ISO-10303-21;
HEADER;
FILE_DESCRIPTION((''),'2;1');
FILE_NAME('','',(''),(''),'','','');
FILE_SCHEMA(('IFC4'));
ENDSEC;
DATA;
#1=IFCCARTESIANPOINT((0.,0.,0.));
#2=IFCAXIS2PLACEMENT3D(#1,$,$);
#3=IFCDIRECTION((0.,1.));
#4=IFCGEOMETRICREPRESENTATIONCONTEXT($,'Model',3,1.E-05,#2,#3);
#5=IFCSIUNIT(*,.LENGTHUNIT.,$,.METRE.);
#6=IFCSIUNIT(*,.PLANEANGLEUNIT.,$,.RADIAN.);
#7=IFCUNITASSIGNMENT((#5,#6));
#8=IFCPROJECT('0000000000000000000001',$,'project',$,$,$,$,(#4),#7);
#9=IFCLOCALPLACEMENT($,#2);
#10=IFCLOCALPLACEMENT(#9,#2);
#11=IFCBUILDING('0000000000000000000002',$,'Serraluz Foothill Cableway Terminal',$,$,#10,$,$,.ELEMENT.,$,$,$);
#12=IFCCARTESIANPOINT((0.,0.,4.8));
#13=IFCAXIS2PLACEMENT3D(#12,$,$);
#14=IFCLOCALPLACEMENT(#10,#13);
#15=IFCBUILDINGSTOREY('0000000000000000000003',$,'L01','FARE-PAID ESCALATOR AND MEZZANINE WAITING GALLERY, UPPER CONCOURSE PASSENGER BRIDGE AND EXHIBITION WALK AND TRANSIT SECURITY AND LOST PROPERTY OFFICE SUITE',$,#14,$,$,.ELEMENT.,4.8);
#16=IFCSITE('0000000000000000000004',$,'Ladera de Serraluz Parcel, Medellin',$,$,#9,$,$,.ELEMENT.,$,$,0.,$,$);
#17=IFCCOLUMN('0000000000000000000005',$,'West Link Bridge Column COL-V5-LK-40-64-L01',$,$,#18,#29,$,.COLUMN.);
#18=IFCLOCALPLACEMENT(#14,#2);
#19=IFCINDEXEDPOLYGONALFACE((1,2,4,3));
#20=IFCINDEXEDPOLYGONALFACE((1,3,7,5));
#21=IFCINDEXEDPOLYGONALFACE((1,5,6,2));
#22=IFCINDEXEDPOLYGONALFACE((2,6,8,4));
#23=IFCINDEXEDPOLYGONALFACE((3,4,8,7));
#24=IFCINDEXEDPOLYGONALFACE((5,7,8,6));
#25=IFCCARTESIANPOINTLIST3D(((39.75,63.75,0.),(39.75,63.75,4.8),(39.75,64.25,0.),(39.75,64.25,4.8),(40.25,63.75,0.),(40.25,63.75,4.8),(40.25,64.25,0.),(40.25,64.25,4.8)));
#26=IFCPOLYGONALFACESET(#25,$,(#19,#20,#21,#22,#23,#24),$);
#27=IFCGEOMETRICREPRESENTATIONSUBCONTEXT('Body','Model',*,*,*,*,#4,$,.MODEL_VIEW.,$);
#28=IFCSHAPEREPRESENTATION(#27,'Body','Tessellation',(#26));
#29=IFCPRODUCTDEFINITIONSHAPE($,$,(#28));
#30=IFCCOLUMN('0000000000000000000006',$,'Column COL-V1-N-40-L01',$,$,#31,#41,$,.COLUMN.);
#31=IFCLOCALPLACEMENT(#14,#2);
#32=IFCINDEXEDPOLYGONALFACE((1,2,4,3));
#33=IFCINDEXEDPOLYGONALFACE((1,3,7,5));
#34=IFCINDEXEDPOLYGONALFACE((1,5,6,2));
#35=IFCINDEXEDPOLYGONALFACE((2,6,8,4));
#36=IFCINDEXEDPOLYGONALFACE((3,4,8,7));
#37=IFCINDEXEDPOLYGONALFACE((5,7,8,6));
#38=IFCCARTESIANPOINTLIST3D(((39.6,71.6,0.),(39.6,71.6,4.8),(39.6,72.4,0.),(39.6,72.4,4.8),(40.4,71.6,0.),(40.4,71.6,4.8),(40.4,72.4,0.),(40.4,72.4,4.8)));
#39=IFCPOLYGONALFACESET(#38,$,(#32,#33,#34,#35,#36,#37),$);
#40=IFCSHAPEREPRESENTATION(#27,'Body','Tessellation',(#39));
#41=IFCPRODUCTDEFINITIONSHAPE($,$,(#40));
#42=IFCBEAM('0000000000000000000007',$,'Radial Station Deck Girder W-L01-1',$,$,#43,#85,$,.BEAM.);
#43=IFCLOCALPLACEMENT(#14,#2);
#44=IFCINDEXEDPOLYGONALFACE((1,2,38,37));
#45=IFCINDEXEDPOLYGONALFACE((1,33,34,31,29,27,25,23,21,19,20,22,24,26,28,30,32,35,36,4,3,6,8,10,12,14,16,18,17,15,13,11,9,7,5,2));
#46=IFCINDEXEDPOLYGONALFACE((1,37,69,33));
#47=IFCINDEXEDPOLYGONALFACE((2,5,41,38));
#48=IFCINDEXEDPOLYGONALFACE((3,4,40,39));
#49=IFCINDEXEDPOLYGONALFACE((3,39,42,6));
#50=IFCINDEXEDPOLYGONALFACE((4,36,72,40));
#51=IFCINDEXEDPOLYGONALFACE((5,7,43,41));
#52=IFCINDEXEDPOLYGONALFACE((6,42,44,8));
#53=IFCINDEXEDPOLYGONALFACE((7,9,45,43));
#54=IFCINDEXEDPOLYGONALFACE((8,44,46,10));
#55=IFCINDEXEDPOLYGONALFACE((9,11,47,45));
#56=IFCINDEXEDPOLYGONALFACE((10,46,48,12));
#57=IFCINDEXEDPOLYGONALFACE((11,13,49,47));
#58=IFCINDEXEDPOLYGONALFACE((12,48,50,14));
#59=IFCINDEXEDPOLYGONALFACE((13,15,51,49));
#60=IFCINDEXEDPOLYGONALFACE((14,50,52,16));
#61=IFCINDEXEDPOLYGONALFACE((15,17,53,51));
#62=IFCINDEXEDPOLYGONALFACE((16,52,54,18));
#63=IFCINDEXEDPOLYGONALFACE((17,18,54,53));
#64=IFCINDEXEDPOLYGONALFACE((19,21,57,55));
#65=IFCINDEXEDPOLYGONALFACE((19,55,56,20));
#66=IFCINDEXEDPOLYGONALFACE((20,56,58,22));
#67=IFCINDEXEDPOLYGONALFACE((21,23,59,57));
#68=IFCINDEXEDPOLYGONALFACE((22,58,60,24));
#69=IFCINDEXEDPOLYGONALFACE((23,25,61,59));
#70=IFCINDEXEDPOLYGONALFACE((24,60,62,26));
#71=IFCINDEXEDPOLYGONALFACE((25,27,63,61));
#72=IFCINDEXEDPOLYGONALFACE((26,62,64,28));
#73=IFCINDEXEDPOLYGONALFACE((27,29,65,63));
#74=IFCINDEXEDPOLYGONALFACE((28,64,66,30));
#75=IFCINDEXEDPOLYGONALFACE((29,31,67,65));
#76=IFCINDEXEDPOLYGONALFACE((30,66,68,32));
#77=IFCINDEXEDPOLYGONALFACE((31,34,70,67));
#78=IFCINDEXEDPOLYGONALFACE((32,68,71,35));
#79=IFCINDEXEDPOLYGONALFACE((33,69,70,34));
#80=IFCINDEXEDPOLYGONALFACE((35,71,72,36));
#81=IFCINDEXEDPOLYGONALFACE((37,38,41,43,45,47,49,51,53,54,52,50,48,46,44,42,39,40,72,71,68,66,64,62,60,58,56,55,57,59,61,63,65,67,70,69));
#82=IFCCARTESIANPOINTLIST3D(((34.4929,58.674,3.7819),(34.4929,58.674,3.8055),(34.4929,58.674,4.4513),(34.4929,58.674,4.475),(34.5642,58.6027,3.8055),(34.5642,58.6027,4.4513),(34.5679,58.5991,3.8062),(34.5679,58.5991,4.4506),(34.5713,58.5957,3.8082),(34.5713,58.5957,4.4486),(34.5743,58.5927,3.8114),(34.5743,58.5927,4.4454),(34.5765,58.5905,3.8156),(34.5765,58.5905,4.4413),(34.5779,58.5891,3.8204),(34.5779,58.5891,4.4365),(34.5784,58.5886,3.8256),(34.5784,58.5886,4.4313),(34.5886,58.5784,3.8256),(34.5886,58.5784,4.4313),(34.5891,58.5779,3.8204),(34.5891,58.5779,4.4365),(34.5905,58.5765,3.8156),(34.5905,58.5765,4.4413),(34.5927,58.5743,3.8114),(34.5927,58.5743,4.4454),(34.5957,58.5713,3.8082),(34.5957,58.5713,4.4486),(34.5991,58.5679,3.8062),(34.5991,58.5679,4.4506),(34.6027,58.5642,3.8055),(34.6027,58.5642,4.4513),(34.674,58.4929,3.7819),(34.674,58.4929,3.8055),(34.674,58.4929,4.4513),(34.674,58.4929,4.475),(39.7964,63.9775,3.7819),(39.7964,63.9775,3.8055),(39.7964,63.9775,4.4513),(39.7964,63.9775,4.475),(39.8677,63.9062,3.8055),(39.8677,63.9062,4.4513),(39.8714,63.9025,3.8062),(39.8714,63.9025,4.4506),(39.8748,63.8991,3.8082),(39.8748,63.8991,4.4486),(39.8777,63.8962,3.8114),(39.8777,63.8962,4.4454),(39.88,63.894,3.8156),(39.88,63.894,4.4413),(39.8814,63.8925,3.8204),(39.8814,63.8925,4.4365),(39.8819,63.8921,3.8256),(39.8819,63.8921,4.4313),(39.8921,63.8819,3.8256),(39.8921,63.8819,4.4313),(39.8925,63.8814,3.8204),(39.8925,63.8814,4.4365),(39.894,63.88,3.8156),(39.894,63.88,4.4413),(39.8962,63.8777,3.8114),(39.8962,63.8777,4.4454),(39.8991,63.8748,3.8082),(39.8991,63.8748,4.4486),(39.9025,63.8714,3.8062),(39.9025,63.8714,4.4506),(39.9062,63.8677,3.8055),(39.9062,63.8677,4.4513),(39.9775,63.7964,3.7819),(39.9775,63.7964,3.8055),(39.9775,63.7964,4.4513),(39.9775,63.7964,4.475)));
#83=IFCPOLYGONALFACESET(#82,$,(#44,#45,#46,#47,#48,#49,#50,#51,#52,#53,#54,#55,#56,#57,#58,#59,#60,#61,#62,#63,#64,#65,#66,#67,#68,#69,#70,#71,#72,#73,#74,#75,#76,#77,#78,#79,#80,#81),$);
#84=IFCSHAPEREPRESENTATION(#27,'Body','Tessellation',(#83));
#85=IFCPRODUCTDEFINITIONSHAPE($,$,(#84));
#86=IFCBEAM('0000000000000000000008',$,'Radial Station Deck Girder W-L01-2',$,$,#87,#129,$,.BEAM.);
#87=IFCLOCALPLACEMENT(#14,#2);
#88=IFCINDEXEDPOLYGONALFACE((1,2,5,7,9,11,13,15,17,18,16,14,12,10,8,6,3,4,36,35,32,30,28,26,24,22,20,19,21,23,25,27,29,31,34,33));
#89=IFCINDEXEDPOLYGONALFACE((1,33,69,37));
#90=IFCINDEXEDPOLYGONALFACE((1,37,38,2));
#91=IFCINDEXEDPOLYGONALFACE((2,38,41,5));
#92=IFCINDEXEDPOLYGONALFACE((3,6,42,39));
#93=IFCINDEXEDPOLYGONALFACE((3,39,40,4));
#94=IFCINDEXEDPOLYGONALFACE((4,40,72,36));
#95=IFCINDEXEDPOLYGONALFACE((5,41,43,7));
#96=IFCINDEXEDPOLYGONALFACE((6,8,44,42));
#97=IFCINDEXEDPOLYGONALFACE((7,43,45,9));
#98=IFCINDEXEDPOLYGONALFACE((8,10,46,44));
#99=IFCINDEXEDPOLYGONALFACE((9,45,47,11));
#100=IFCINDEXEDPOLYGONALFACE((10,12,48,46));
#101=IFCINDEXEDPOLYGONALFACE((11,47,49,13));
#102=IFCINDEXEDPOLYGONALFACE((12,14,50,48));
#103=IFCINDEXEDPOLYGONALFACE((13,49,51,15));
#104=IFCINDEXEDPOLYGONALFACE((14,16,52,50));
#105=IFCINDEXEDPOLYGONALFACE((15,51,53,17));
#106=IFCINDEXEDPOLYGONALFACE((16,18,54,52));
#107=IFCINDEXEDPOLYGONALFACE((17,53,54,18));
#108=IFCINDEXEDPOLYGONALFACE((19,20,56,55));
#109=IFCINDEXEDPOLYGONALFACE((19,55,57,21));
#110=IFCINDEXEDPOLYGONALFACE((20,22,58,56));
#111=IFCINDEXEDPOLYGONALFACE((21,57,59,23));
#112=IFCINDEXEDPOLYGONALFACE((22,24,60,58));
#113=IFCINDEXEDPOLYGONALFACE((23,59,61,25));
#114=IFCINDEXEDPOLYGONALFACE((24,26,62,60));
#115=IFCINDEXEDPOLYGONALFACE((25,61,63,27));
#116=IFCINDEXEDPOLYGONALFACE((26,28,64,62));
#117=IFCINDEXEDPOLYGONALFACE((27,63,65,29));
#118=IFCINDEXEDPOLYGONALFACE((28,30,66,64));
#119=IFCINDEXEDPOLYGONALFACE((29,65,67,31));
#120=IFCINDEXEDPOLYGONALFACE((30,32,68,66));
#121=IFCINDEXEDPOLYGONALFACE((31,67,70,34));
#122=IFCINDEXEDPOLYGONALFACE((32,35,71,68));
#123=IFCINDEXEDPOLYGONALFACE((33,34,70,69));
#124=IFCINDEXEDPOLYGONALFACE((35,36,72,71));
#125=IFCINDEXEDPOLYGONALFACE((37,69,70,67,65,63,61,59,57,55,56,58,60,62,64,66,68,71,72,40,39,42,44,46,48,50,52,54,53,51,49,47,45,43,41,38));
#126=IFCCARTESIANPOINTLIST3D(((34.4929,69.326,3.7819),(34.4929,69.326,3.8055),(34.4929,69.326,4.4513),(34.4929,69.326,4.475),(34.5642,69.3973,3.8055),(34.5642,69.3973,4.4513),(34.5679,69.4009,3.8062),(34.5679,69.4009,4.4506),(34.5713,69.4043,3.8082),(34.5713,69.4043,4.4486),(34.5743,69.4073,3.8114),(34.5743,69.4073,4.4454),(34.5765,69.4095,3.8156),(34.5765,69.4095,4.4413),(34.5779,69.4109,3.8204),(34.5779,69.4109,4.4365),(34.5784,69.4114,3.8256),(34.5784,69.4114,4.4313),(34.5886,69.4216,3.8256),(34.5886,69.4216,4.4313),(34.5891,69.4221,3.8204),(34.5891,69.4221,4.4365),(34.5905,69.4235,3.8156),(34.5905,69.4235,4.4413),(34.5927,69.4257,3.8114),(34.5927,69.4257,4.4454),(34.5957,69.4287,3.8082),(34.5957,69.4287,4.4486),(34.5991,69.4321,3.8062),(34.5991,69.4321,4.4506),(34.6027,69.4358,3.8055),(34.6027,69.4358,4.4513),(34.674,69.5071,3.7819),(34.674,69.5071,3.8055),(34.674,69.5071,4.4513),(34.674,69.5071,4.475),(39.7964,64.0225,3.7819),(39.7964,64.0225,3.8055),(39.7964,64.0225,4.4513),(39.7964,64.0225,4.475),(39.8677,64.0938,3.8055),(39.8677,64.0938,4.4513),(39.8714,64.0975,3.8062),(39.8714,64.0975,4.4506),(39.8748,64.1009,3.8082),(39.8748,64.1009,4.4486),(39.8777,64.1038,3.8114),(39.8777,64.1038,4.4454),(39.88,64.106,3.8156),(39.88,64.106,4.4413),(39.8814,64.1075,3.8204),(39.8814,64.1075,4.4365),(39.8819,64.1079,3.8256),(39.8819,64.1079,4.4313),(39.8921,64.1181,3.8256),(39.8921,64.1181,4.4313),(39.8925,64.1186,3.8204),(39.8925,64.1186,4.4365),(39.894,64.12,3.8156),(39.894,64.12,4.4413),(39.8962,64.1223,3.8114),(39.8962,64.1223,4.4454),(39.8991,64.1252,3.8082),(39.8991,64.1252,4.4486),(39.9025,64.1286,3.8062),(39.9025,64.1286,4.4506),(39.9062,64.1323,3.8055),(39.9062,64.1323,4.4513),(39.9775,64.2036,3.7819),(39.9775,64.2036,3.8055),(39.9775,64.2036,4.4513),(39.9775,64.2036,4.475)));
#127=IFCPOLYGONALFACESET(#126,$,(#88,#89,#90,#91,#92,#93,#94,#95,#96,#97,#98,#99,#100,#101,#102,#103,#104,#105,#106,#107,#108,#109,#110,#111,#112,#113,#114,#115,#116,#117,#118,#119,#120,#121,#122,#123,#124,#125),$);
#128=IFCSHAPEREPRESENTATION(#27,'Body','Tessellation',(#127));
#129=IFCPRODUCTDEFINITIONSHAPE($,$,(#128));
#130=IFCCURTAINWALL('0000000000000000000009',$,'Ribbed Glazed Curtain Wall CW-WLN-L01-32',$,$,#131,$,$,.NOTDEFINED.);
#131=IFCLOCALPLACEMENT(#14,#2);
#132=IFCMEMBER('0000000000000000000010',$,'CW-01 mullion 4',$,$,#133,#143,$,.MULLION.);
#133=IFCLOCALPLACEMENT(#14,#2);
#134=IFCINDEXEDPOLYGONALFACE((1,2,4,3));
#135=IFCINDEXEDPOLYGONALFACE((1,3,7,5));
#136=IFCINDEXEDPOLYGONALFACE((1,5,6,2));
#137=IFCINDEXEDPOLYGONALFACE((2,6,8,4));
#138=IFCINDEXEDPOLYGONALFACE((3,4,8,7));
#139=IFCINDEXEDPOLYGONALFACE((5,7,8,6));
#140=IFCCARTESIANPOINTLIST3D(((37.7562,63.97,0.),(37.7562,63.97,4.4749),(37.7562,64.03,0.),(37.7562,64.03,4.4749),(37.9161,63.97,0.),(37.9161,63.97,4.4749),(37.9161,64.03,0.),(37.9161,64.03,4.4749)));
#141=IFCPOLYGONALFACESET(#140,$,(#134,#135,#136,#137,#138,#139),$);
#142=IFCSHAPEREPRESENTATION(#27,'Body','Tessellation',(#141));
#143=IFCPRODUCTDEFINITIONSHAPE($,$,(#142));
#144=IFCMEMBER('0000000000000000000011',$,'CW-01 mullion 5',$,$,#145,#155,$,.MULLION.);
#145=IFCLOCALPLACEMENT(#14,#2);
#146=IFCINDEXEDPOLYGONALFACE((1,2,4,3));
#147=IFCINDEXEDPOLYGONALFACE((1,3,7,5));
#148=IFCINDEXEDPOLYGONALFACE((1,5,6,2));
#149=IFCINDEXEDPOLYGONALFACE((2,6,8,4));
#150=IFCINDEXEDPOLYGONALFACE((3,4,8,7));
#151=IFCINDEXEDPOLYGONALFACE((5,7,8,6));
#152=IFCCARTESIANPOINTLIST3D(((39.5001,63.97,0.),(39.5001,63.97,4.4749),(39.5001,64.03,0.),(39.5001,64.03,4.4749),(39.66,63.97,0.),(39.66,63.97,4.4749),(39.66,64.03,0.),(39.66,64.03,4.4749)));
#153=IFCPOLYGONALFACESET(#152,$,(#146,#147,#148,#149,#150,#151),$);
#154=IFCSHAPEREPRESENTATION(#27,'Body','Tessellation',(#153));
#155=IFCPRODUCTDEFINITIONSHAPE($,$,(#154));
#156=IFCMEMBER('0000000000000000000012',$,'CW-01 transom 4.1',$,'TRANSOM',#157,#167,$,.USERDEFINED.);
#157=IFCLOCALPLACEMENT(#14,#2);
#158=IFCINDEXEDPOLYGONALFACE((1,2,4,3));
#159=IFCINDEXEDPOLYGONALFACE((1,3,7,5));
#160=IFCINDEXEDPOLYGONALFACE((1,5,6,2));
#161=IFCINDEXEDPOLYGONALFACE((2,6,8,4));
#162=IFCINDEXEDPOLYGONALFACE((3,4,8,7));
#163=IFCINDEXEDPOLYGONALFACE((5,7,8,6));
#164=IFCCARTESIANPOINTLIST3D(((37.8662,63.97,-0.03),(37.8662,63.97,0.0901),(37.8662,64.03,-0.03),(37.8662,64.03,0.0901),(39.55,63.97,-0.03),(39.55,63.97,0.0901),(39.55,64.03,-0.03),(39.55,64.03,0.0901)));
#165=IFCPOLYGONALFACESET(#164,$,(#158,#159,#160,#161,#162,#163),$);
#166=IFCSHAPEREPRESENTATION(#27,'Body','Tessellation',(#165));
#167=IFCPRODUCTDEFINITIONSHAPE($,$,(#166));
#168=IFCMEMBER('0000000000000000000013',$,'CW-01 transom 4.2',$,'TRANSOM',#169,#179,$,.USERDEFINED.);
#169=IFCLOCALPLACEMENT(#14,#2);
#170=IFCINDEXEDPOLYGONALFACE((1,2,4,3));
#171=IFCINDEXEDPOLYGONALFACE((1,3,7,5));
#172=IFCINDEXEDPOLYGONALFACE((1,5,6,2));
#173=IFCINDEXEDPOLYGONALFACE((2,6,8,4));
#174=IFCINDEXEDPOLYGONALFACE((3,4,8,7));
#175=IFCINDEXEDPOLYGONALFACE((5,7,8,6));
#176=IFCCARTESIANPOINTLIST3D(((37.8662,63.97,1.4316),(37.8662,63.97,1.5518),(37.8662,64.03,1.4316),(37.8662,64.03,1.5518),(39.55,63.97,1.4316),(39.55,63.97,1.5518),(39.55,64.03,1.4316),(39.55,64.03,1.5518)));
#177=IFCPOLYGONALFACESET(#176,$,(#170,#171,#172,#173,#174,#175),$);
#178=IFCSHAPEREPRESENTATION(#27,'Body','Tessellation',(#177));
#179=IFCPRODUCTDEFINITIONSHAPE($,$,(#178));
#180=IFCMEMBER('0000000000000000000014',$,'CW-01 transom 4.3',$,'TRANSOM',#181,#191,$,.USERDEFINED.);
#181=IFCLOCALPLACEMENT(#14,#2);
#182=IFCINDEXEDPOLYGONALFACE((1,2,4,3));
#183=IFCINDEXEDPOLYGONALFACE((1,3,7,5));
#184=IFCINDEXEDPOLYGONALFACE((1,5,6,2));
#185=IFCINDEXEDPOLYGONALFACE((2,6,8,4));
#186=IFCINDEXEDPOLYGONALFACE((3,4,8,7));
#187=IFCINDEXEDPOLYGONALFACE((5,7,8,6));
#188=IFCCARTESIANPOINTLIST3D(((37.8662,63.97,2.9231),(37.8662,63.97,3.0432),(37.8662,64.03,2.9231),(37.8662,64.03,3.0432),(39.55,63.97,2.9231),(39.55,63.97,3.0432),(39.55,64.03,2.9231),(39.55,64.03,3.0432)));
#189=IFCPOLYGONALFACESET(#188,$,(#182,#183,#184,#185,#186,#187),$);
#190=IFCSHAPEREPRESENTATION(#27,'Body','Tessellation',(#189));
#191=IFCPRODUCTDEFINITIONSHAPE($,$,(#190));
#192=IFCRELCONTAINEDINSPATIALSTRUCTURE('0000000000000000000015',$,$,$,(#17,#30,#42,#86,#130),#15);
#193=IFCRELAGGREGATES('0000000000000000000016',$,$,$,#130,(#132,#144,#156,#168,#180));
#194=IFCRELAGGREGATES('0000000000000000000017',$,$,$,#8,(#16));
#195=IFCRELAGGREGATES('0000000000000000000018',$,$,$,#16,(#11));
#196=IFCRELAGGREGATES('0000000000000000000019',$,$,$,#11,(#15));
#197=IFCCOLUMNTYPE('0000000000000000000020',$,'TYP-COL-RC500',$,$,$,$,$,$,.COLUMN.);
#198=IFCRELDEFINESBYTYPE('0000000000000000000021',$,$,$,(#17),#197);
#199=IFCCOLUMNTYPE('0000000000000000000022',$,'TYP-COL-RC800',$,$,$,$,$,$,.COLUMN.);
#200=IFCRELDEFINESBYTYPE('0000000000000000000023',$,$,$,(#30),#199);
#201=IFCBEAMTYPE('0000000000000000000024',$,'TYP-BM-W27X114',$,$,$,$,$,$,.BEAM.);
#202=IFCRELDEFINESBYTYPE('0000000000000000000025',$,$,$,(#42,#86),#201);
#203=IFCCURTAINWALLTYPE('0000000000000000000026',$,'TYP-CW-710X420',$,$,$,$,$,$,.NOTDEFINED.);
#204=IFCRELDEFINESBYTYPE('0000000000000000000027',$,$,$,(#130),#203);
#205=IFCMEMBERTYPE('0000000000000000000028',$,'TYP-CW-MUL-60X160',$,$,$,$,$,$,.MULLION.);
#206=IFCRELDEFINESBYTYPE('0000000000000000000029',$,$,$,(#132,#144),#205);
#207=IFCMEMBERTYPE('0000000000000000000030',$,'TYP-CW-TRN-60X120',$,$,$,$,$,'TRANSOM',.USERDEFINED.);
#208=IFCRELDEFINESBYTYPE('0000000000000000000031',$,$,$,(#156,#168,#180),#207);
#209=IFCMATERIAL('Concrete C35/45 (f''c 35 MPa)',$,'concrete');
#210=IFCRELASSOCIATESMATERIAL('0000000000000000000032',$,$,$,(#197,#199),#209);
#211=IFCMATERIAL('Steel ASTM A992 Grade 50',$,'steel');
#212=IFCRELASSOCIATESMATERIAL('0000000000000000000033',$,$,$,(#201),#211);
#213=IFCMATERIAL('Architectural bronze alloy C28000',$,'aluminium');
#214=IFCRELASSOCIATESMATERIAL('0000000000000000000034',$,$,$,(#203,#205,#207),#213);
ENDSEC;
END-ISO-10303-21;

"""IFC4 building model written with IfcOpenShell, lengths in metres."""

from ifc_helpers import new_model, si_unit, direction, frame, origin, origin_2d, place, context, subcontext, project, spatial, rectangle, i_section, extrude, material, material_profile, profile_set, type_object, element, aggregate, save


model = new_model("IFC4")

# Units and contexts
model_context = context("Model", 3, precision=1e-05, world=origin(), true_north=direction((0.0, 1.0)))
body_context = subcontext(model_context, "Body", "Model", "MODEL_VIEW")
ifc_project = project(units=[si_unit("LENGTHUNIT", "METRE"), si_unit("PLANEANGLEUNIT", "RADIAN")], contexts=[model_context])

# Site, building, storey
site_placement = place(None, origin())
site = spatial("IfcSite", under=ifc_project, at=site_placement, Name="Ladera de Serraluz Parcel, Medellin", CompositionType="ELEMENT", RefElevation=0.0)
building_placement = place(site_placement, origin())
building = spatial("IfcBuilding", under=site, at=building_placement, Name="Serraluz Foothill Cableway Terminal", CompositionType="ELEMENT")
storey_placement = place(building_placement, frame((0.0, 0.0, 4.8)))
storey = spatial("IfcBuildingStorey", under=building, at=storey_placement, Name="L01", Description="FARE-PAID ESCALATOR AND MEZZANINE WAITING GALLERY, UPPER CONCOURSE PASSENGER BRIDGE AND EXHIBITION WALK AND TRANSIT SECURITY AND LOST PROPERTY OFFICE SUITE", CompositionType="ELEMENT", Elevation=4.8)

# Columns
ifc_material_1 = material(Name="Concrete C35/45 (f'c 35 MPa)", Category="concrete")
ifc_material_profile_1 = material_profile(ifc_material_1, rectangle(XDim=0.5, YDim=0.5, at=origin_2d()), Name="RC 500x500")
ifc_profile_set_1 = profile_set([ifc_material_profile_1], Name="Concrete C35/45 (f'c 35 MPa)")
column_type_1 = type_object("IfcColumnType", Name="TYP-COL-RC500", PredefinedType="COLUMN", material=ifc_profile_set_1)
column_1_placement = place(storey_placement, frame((40.0, 64.0, 0.0), z_axis=(0.0, 0.0, 1.0), x_axis=(1.0, 0.0, 0.0)))
element("IfcColumn", 1, at=column_1_placement, inside=storey, type_object=column_type_1, Name="West Link Bridge Column COL-V5-LK-40-64-L01", PredefinedType="COLUMN", context=body_context, shape_type="SweptSolid", body=[
    extrude(rectangle(XDim=0.5, YDim=0.5, at=origin_2d()), origin(), (0.0, 0.0, 1.0), 4.8),
])
ifc_material_profile_2 = material_profile(ifc_material_1, rectangle(XDim=0.8, YDim=0.8, at=origin_2d()), Name="RC 800x800")
ifc_profile_set_2 = profile_set([ifc_material_profile_2], Name="Concrete C35/45 (f'c 35 MPa)")
column_type_2 = type_object("IfcColumnType", Name="TYP-COL-RC800", PredefinedType="COLUMN", material=ifc_profile_set_2)
column_2_placement = place(storey_placement, frame((40.0, 72.0, 0.0), z_axis=(0.0, 0.0, 1.0), x_axis=(1.0, 0.0, 0.0)))
element("IfcColumn", 2, at=column_2_placement, inside=storey, type_object=column_type_2, Name="Column COL-V1-N-40-L01", PredefinedType="COLUMN", context=body_context, shape_type="SweptSolid", body=[
    extrude(rectangle(XDim=0.8, YDim=0.8, at=origin_2d()), origin(), (0.0, 0.0, 1.0), 4.8),
])

# Beams
ifc_material_2 = material(Name="Steel ASTM A992 Grade 50", Category="steel")
ifc_material_profile_3 = material_profile(ifc_material_2, i_section(OverallWidth=0.2561, OverallDepth=0.6931, WebThickness=0.0144, FlangeThickness=0.0237, FilletRadius=0.02, at=origin_2d()), Name="W27X114")
ifc_profile_set_3 = profile_set([ifc_material_profile_3], Name="Steel ASTM A992 Grade 50")
beam_type = type_object("IfcBeamType", Name="TYP-BM-W27X114", PredefinedType="BEAM", material=ifc_profile_set_3)
for number, where, z_axis, x_axis, name in (
    (3, (39.887, 63.887, 4.1284), (-0.707107, -0.707107, 0.0), (0.707107, -0.707107, 0.0), "Radial Station Deck Girder W-L01-1"),
    (4, (39.887, 64.113, 4.1284), (-0.707107, 0.707107, 0.0), (-0.707107, -0.707107, 0.0), "Radial Station Deck Girder W-L01-2"),
):
    element("IfcBeam", number, at=place(storey_placement, frame(where, z_axis=z_axis, x_axis=x_axis)), inside=storey, type_object=beam_type, Name=name, PredefinedType="BEAM", context=body_context, shape_type="SweptSolid", body=[
        extrude(i_section(OverallWidth=0.2561, OverallDepth=0.6931, WebThickness=0.0144, FlangeThickness=0.0237, FilletRadius=0.02, at=origin_2d()), origin(), (0.0, 0.0, 1.0), 7.5002),
    ])

# Curtain wall, members
ifc_material_3 = material(Name="Architectural bronze alloy C28000", Category="aluminium")
curtain_wall_type = type_object("IfcCurtainWallType", Name="TYP-CW-710X420", PredefinedType="NOTDEFINED", material=ifc_material_3)
curtain_wall_placement = place(storey_placement, origin())
curtain_wall = element("IfcCurtainWall", 5, at=curtain_wall_placement, inside=storey, type_object=curtain_wall_type, Name="Ribbed Glazed Curtain Wall CW-WLN-L01-32", PredefinedType="NOTDEFINED")
ifc_material_profile_4 = material_profile(ifc_material_3, rectangle(XDim=0.0601, YDim=0.1599, at=origin_2d()), Name="ALU MULLION 60x160")
ifc_profile_set_4 = profile_set([ifc_material_profile_4], Name="Architectural bronze alloy C28000")
member_type_1 = type_object("IfcMemberType", Name="TYP-CW-MUL-60X160", PredefinedType="MULLION", material=ifc_profile_set_4)
member_1_placement = place(storey_placement, frame((37.8362, 64.0, 0.0), z_axis=(0.0, 0.0, 1.0), x_axis=(0.0, 1.0, 0.0)))
member_1 = element("IfcMember", 6, at=member_1_placement, type_object=member_type_1, Name="CW-01 mullion 4", PredefinedType="MULLION", context=body_context, shape_type="SweptSolid", body=[
    extrude(rectangle(XDim=0.0601, YDim=0.1599, at=origin_2d()), origin(), (0.0, 0.0, 1.0), 4.4749),
])
member_2_placement = place(storey_placement, frame((39.5801, 64.0, 0.0), z_axis=(0.0, 0.0, 1.0), x_axis=(0.0, 1.0, 0.0)))
member_2 = element("IfcMember", 7, at=member_2_placement, type_object=member_type_1, Name="CW-01 mullion 5", PredefinedType="MULLION", context=body_context, shape_type="SweptSolid", body=[
    extrude(rectangle(XDim=0.0601, YDim=0.1599, at=origin_2d()), origin(), (0.0, 0.0, 1.0), 4.4749),
])
ifc_material_profile_5 = material_profile(ifc_material_3, rectangle(XDim=0.0601, YDim=0.1201, at=origin_2d()), Name="ALU TRANSOM 60x120")
ifc_profile_set_5 = profile_set([ifc_material_profile_5], Name="Architectural bronze alloy C28000")
member_type_2 = type_object("IfcMemberType", Name="TYP-CW-TRN-60X120", ElementType="TRANSOM", PredefinedType="USERDEFINED", material=ifc_profile_set_5)
member_3_placement = place(storey_placement, frame((37.8662, 64.0, 0.03), z_axis=(1.0, 0.0, 0.0), x_axis=(0.0, 1.0, 0.0)))
member_3 = element("IfcMember", 8, at=member_3_placement, type_object=member_type_2, Name="CW-01 transom 4.1", ObjectType="TRANSOM", PredefinedType="USERDEFINED", context=body_context, shape_type="SweptSolid", body=[
    extrude(rectangle(XDim=0.0601, YDim=0.1201, at=origin_2d()), origin(), (0.0, 0.0, 1.0), 1.6838),
])
member_4_placement = place(storey_placement, frame((37.8662, 64.0, 1.4917), z_axis=(1.0, 0.0, 0.0), x_axis=(0.0, 1.0, 0.0)))
member_4 = element("IfcMember", 9, at=member_4_placement, type_object=member_type_2, Name="CW-01 transom 4.2", ObjectType="TRANSOM", PredefinedType="USERDEFINED", context=body_context, shape_type="SweptSolid", body=[
    extrude(rectangle(XDim=0.0601, YDim=0.1201, at=origin_2d()), origin(), (0.0, 0.0, 1.0), 1.6838),
])
member_5_placement = place(storey_placement, frame((37.8662, 64.0, 2.9832), z_axis=(1.0, 0.0, 0.0), x_axis=(0.0, 1.0, 0.0)))
member_5 = element("IfcMember", 10, at=member_5_placement, type_object=member_type_2, Name="CW-01 transom 4.3", ObjectType="TRANSOM", PredefinedType="USERDEFINED", context=body_context, shape_type="SweptSolid", body=[
    extrude(rectangle(XDim=0.0601, YDim=0.1201, at=origin_2d()), origin(), (0.0, 0.0, 1.0), 1.6838),
])
aggregate(curtain_wall, [member_1, member_2, member_3, member_4, member_5])

save(model, "model.ifc")
